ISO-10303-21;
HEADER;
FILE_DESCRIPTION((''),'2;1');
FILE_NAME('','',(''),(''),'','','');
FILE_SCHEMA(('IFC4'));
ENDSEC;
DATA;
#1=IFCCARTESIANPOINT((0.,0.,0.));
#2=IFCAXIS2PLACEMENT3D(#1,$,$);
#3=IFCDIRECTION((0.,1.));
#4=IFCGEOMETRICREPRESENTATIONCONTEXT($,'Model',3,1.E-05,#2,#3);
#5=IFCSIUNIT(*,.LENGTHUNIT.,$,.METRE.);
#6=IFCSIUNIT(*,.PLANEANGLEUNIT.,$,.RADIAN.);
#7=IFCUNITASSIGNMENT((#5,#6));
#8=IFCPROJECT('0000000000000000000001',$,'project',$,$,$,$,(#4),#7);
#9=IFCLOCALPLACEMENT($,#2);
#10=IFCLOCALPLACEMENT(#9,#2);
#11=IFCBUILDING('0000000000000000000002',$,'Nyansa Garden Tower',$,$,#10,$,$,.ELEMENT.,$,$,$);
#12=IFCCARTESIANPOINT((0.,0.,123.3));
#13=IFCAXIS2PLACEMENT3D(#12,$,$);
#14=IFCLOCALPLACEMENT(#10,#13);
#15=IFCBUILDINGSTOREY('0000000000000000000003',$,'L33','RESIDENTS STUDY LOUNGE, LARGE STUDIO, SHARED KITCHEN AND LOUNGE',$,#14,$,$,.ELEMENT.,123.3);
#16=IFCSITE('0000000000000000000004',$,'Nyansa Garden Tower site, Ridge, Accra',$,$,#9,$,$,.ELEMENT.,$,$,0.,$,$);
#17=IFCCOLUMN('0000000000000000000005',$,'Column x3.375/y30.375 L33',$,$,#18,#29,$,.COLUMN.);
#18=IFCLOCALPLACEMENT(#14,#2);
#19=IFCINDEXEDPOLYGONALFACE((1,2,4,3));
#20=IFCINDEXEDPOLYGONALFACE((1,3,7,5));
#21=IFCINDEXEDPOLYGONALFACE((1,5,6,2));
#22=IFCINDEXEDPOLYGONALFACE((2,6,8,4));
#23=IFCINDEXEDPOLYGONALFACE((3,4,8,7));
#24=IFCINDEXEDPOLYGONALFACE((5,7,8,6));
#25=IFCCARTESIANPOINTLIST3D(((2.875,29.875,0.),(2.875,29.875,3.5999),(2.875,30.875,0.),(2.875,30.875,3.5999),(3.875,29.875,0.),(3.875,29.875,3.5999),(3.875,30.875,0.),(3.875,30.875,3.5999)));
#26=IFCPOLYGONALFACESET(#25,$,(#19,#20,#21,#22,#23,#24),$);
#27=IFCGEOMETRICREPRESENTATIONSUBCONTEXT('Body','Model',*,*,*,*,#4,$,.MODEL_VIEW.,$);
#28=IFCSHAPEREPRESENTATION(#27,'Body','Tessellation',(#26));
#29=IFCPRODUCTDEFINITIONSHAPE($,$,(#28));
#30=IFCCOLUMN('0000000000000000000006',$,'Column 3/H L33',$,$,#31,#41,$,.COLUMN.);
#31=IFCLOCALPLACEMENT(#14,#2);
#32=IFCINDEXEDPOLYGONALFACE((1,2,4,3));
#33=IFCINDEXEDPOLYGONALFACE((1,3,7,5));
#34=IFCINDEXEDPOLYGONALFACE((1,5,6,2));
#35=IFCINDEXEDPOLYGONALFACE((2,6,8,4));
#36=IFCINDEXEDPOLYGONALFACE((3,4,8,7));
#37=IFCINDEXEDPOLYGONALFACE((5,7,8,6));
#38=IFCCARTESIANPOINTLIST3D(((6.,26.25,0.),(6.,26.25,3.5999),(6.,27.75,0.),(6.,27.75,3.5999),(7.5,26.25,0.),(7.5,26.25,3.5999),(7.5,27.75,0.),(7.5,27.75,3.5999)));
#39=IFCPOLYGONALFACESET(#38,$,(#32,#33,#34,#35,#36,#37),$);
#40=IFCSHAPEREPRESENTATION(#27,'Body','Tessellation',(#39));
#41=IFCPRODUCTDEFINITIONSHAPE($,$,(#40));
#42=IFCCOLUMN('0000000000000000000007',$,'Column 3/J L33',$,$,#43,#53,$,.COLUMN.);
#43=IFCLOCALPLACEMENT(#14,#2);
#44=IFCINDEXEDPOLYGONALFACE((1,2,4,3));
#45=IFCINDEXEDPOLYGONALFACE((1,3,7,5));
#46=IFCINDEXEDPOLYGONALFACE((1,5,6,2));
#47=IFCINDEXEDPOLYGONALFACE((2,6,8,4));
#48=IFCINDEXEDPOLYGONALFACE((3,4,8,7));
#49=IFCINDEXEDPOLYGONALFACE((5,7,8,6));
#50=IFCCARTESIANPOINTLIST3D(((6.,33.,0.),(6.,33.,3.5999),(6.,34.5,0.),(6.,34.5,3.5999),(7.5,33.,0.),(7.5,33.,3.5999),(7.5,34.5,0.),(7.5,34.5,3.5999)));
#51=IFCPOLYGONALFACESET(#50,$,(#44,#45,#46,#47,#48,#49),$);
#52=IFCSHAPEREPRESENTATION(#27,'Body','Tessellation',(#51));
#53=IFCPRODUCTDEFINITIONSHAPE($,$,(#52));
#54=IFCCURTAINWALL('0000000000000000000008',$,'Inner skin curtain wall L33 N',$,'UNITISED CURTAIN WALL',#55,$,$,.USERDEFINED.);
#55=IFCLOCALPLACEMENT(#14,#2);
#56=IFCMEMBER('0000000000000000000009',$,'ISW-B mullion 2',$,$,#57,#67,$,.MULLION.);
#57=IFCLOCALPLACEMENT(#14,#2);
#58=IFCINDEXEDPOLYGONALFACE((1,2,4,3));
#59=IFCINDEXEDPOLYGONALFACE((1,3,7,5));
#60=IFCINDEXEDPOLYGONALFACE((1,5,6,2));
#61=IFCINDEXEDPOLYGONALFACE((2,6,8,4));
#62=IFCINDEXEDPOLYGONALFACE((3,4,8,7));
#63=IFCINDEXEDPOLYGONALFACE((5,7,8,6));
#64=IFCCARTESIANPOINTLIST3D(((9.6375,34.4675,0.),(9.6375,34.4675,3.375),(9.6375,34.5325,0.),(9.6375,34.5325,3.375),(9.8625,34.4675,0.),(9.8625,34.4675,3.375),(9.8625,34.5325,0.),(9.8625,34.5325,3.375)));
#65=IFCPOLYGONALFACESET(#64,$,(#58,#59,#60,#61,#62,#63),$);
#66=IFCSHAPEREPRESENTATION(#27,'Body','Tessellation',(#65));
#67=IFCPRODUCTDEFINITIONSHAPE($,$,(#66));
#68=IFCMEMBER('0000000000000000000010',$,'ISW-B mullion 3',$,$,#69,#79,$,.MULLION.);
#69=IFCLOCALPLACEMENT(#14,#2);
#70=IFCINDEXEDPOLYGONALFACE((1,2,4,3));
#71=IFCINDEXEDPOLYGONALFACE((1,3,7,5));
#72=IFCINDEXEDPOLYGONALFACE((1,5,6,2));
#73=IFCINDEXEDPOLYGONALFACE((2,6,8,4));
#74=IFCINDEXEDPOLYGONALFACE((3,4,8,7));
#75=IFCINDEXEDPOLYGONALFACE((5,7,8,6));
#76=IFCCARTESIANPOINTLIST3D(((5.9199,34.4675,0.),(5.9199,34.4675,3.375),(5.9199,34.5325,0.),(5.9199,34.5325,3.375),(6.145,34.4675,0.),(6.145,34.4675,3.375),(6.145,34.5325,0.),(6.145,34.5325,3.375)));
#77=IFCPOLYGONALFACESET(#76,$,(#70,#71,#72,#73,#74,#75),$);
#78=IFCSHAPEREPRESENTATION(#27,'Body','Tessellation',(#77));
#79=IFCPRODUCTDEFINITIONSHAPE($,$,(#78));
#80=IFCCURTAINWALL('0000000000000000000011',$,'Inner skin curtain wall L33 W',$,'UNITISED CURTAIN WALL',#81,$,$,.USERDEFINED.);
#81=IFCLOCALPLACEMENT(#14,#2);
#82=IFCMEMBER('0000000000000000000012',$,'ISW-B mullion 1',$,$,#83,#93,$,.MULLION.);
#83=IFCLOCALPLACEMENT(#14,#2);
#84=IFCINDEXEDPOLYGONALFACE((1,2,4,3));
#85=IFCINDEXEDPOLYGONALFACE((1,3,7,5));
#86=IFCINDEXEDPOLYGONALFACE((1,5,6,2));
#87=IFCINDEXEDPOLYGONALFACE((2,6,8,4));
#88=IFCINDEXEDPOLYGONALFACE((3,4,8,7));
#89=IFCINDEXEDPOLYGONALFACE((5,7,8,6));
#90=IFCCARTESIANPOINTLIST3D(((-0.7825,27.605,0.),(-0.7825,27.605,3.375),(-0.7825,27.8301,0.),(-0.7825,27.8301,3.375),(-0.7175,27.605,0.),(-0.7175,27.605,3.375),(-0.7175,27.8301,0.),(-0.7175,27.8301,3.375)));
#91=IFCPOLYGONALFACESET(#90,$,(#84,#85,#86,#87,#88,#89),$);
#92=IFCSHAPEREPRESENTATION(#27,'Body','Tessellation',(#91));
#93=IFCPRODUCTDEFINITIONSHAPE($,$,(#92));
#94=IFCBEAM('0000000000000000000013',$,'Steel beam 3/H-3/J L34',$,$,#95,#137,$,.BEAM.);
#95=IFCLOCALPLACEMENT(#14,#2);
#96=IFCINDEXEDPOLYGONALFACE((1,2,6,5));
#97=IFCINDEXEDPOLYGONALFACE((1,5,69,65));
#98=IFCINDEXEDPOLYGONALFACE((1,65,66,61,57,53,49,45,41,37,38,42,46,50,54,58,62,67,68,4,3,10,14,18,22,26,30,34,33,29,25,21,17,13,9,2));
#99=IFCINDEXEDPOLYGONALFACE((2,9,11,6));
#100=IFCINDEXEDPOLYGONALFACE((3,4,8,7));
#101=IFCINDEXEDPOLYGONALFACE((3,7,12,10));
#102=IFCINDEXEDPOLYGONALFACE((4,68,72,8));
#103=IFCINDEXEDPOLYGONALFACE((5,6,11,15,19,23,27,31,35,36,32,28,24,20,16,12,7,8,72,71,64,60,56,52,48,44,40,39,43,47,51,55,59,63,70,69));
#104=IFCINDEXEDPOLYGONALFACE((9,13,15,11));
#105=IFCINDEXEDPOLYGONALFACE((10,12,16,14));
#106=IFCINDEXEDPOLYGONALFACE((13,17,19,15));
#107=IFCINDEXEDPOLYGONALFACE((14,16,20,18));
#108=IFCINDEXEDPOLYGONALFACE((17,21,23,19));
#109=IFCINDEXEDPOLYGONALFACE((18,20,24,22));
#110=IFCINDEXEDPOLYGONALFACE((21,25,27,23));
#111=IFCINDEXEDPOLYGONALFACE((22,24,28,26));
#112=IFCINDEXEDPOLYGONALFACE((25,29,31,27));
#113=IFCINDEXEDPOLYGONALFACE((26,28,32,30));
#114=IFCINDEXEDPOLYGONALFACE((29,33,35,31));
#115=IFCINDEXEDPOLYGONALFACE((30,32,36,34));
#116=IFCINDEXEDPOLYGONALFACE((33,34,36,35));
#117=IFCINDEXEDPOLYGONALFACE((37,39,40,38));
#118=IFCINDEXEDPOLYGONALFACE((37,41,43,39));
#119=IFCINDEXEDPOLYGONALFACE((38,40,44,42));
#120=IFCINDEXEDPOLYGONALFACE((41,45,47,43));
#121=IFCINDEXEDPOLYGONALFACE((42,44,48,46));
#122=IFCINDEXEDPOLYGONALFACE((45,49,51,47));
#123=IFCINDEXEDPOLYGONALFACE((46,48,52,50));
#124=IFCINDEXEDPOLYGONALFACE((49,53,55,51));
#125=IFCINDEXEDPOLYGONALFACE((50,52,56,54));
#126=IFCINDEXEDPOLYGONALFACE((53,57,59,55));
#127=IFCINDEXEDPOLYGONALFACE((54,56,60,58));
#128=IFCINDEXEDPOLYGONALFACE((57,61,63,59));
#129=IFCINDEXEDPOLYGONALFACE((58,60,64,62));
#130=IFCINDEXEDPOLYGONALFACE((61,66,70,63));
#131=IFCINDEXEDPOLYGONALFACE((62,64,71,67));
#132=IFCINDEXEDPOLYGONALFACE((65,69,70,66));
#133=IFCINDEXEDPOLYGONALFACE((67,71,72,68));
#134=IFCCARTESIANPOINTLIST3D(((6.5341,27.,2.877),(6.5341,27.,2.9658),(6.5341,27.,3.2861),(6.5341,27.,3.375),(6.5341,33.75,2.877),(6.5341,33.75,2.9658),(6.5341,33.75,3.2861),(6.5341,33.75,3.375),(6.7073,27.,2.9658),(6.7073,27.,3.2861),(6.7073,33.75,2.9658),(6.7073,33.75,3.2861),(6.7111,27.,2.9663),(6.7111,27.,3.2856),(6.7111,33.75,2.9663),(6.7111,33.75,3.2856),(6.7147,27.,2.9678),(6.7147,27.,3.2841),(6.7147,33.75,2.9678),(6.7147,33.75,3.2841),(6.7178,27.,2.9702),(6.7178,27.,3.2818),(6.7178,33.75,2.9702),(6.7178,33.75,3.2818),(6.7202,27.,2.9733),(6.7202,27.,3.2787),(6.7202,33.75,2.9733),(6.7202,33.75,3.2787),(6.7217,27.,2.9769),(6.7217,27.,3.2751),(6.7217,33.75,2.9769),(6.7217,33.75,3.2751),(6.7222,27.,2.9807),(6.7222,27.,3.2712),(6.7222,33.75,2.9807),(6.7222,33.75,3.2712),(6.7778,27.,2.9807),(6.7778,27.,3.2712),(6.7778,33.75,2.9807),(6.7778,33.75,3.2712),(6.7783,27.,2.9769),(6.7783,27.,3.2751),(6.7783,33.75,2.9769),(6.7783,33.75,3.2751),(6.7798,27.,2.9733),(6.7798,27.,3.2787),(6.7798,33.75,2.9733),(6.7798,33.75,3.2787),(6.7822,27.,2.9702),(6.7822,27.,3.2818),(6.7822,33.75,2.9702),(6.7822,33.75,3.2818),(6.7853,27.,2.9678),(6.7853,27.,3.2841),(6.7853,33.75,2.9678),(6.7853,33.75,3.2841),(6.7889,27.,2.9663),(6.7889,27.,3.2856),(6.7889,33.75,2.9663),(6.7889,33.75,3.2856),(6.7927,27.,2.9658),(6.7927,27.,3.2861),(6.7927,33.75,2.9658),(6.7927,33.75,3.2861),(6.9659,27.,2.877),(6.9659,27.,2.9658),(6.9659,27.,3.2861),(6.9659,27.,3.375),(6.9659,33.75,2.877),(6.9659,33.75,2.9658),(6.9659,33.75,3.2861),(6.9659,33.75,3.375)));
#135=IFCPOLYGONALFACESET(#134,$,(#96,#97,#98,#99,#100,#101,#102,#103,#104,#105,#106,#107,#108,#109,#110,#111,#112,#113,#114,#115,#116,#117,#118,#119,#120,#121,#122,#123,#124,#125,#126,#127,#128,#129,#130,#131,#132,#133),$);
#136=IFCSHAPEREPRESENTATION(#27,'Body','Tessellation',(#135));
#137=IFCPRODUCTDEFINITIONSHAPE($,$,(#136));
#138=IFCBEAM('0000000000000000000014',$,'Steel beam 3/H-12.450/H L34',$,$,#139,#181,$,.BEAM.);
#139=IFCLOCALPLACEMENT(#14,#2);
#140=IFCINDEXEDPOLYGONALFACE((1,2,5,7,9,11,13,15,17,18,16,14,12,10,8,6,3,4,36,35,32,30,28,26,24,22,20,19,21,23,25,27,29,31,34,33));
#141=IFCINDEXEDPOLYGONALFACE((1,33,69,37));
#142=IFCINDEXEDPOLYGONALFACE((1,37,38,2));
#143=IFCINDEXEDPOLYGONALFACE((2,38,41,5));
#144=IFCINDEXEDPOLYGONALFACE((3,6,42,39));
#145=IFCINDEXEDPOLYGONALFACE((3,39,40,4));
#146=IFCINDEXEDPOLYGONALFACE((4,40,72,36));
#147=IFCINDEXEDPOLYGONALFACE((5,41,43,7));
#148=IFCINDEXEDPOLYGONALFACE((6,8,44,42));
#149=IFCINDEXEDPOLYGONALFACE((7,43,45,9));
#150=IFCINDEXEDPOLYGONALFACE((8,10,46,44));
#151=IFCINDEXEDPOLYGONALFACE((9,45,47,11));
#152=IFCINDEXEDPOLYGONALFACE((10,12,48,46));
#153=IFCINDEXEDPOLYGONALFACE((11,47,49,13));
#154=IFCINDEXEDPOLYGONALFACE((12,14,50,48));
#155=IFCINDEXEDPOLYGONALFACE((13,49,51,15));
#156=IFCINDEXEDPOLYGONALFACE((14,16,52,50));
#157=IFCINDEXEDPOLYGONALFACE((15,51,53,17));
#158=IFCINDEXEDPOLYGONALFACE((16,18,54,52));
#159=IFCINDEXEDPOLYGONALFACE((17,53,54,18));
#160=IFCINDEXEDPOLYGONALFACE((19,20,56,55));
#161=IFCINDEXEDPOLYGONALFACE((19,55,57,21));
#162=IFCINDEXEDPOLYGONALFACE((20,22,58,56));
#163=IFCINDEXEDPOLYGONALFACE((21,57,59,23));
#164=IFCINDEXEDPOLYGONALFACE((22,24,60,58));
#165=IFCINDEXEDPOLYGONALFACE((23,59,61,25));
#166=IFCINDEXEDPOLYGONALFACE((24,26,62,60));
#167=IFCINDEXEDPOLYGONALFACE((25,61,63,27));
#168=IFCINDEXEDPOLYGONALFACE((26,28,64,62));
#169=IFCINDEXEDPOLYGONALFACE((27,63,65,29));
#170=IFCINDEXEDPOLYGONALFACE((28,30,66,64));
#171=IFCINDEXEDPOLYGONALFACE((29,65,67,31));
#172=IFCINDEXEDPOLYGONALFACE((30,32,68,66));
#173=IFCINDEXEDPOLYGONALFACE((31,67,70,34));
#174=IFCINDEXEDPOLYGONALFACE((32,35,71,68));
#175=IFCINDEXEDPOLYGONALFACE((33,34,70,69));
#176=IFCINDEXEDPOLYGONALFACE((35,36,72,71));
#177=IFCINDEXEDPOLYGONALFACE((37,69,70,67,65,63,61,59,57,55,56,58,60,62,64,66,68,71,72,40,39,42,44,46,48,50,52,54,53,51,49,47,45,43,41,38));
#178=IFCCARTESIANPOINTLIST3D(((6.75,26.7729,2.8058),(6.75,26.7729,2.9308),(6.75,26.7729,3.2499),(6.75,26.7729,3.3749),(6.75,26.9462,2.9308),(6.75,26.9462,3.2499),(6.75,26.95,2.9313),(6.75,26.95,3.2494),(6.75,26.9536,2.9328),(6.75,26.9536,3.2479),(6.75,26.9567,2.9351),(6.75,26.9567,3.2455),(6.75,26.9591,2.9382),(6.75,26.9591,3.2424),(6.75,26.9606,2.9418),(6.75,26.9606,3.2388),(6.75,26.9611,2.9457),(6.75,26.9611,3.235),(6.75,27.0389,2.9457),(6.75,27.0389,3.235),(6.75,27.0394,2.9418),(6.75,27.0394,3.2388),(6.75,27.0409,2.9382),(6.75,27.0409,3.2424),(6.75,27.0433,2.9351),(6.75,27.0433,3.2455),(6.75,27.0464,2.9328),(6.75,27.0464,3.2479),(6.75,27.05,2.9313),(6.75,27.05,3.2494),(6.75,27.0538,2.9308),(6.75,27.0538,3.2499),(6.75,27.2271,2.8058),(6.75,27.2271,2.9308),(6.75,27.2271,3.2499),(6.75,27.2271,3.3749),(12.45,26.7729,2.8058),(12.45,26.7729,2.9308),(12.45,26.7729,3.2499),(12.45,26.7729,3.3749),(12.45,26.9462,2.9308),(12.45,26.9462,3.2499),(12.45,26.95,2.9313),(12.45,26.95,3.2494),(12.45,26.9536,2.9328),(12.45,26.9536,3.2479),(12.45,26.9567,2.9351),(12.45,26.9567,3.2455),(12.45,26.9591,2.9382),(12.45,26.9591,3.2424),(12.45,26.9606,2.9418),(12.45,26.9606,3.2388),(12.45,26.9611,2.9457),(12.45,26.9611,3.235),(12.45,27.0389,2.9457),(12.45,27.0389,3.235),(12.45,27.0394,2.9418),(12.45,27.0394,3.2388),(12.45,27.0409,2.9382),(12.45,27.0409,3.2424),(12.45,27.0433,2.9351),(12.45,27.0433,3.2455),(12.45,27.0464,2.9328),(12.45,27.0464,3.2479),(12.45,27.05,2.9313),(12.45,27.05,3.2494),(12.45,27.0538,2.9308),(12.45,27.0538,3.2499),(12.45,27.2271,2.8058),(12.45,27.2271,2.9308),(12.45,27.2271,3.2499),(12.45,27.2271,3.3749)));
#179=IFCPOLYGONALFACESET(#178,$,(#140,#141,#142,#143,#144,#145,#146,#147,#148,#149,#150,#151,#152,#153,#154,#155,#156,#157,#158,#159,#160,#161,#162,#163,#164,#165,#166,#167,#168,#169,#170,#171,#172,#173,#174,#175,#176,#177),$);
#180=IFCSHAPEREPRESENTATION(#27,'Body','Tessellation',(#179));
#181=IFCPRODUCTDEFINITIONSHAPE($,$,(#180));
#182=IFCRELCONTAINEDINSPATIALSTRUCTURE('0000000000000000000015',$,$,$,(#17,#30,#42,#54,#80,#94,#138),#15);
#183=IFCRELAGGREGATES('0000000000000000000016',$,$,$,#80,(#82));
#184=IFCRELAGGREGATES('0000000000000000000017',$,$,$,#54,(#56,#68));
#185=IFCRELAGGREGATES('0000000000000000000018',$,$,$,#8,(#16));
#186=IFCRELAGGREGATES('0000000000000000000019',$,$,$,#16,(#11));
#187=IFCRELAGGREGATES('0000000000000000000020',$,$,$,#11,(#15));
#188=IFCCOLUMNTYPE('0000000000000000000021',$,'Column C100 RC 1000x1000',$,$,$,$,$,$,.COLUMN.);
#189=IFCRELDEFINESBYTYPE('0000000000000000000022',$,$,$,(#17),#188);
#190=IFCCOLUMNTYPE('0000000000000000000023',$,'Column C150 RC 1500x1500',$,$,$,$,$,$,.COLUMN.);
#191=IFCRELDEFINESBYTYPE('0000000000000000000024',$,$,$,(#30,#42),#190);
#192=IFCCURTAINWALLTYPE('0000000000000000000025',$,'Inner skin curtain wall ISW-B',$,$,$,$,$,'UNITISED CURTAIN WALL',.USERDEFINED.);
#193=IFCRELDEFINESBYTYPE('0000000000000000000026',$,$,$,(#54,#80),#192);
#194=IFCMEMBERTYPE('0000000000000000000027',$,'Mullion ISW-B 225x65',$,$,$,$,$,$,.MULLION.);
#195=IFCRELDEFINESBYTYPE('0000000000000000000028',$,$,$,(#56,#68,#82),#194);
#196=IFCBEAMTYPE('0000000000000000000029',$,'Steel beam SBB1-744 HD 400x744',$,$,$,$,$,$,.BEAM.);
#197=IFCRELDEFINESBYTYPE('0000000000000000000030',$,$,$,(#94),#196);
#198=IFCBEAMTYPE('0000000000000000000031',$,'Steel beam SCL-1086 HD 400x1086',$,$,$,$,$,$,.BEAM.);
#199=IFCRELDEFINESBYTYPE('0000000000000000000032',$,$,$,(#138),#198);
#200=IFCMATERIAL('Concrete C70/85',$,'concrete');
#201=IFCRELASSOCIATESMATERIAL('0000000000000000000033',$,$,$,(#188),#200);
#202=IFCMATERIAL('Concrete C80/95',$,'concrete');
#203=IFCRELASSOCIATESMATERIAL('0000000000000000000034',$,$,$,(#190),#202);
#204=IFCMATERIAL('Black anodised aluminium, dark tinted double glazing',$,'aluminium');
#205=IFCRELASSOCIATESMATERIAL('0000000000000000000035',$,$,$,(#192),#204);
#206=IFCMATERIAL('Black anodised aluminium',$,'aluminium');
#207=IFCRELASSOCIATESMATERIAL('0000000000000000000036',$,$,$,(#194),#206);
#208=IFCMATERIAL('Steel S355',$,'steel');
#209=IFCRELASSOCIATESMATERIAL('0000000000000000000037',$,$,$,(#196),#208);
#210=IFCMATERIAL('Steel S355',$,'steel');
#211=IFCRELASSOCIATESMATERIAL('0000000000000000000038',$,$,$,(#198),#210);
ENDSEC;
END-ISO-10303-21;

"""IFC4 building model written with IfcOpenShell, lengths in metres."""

from ifc_helpers import new_model, si_unit, direction, frame, origin, origin_2d, place, context, subcontext, project, spatial, rectangle, i_section, extrude, material, material_profile, profile_set, type_object, element, aggregate, save


model = new_model("IFC4")

# Units and contexts
model_context = context("Model", 3, precision=1e-05, world=origin(), true_north=direction((0.0, 1.0)))
body_context = subcontext(model_context, "Body", "Model", "MODEL_VIEW")
ifc_project = project(units=[si_unit("LENGTHUNIT", "METRE"), si_unit("PLANEANGLEUNIT", "RADIAN")], contexts=[model_context])

# Site, building, storey
site_placement = place(None, origin())
site = spatial("IfcSite", under=ifc_project, at=site_placement, Name="Nyansa Garden Tower site, Ridge, Accra", CompositionType="ELEMENT", RefElevation=0.0)
building_placement = place(site_placement, origin())
building = spatial("IfcBuilding", under=site, at=building_placement, Name="Nyansa Garden Tower", CompositionType="ELEMENT")
storey_placement = place(building_placement, frame((0.0, 0.0, 123.3)))
storey = spatial("IfcBuildingStorey", under=building, at=storey_placement, Name="L33", Description="RESIDENTS STUDY LOUNGE, LARGE STUDIO, SHARED KITCHEN AND LOUNGE", CompositionType="ELEMENT", Elevation=123.3)

# Columns
ifc_material_1 = material(Name="Concrete C70/85", Category="concrete")
ifc_material_profile_1 = material_profile(ifc_material_1, rectangle(XDim=1.0, YDim=1.0, at=origin_2d()), Name="RC 1000x1000")
ifc_profile_set_1 = profile_set([ifc_material_profile_1], Name="Concrete C70/85")
column_type_1 = type_object("IfcColumnType", Name="Column C100 RC 1000x1000", PredefinedType="COLUMN", material=ifc_profile_set_1)
column_placement = place(storey_placement, frame((3.375, 30.375, 0.0), z_axis=(0.0, 0.0, 1.0), x_axis=(1.0, 0.0, 0.0)))
element("IfcColumn", 1, at=column_placement, inside=storey, type_object=column_type_1, Name="Column x3.375/y30.375 L33", PredefinedType="COLUMN", context=body_context, shape_type="SweptSolid", body=[
    extrude(rectangle(XDim=1.0, YDim=1.0, at=origin_2d()), origin(), (0.0, 0.0, 1.0), 3.5999),
])
ifc_material_2 = material(Name="Concrete C80/95", Category="concrete")
ifc_material_profile_2 = material_profile(ifc_material_2, rectangle(XDim=1.5, YDim=1.5, at=origin_2d()), Name="RC 1500x1500")
ifc_profile_set_2 = profile_set([ifc_material_profile_2], Name="Concrete C80/95")
column_type_2 = type_object("IfcColumnType", Name="Column C150 RC 1500x1500", PredefinedType="COLUMN", material=ifc_profile_set_2)
for number, where, z_axis, x_axis, name in (
    (2, (6.75, 27.0, 0.0), (0.0, 0.0, 1.0), (1.0, 0.0, 0.0), "Column 3/H L33"),
    (3, (6.75, 33.75, 0.0), (0.0, 0.0, 1.0), (1.0, 0.0, 0.0), "Column 3/J L33"),
):
    element("IfcColumn", number, at=place(storey_placement, frame(where, z_axis=z_axis, x_axis=x_axis)), inside=storey, type_object=column_type_2, Name=name, PredefinedType="COLUMN", context=body_context, shape_type="SweptSolid", body=[
        extrude(rectangle(XDim=1.5, YDim=1.5, at=origin_2d()), origin(), (0.0, 0.0, 1.0), 3.5999),
    ])

# Curtain wall, members
ifc_material_3 = material(Name="Black anodised aluminium, dark tinted double glazing", Category="aluminium")
curtain_wall_type = type_object("IfcCurtainWallType", Name="Inner skin curtain wall ISW-B", ElementType="UNITISED CURTAIN WALL", PredefinedType="USERDEFINED", material=ifc_material_3)
curtain_wall_1_placement = place(storey_placement, origin())
curtain_wall_1 = element("IfcCurtainWall", 4, at=curtain_wall_1_placement, inside=storey, type_object=curtain_wall_type, Name="Inner skin curtain wall L33 N", ObjectType="UNITISED CURTAIN WALL", PredefinedType="USERDEFINED")
ifc_material_4 = material(Name="Black anodised aluminium", Category="aluminium")
ifc_material_profile_3 = material_profile(ifc_material_4, rectangle(XDim=0.0649, YDim=0.2251, at=origin_2d()), Name="Mullion 225x65")
ifc_profile_set_3 = profile_set([ifc_material_profile_3], Name="Black anodised aluminium")
member_type_1 = type_object("IfcMemberType", Name="Mullion ISW-B 225x65", PredefinedType="MULLION", material=ifc_profile_set_3)
member_1_placement = place(storey_placement, frame((9.75, 34.5, 0.0), z_axis=(0.0, 0.0, 1.0), x_axis=(0.0, -1.0, 0.0)))
member_1 = element("IfcMember", 5, at=member_1_placement, type_object=member_type_1, Name="ISW-B mullion 2", PredefinedType="MULLION", context=body_context, shape_type="SweptSolid", body=[
    extrude(rectangle(XDim=0.0649, YDim=0.2251, at=origin_2d()), origin(), (0.0, 0.0, 1.0), 3.375),
])
member_2_placement = place(storey_placement, frame((6.0325, 34.5, 0.0), z_axis=(0.0, 0.0, 1.0), x_axis=(0.0, -1.0, 0.0)))
member_2 = element("IfcMember", 6, at=member_2_placement, type_object=member_type_1, Name="ISW-B mullion 3", PredefinedType="MULLION", context=body_context, shape_type="SweptSolid", body=[
    extrude(rectangle(XDim=0.0649, YDim=0.2251, at=origin_2d()), origin(), (0.0, 0.0, 1.0), 3.375),
])

# Curtain wall, member
curtain_wall_2_placement = place(storey_placement, origin())
curtain_wall_2 = element("IfcCurtainWall", 7, at=curtain_wall_2_placement, inside=storey, type_object=curtain_wall_type, Name="Inner skin curtain wall L33 W", ObjectType="UNITISED CURTAIN WALL", PredefinedType="USERDEFINED")
member_3_placement = place(storey_placement, frame((-0.75, 27.7175, 0.0), z_axis=(0.0, 0.0, 1.0), x_axis=(1.0, 0.0, 0.0)))
member_3 = element("IfcMember", 8, at=member_3_placement, type_object=member_type_1, Name="ISW-B mullion 1", PredefinedType="MULLION", context=body_context, shape_type="SweptSolid", body=[
    extrude(rectangle(XDim=0.0649, YDim=0.2251, at=origin_2d()), origin(), (0.0, 0.0, 1.0), 3.375),
])

# Beams
ifc_material_5 = material(Name="Steel S355", Category="steel")
ifc_material_profile_4 = material_profile(ifc_material_5, i_section(OverallWidth=0.4319, OverallDepth=0.498, WebThickness=0.0557, FlangeThickness=0.0889, FilletRadius=0.0149, at=origin_2d()), Name="HD 400x744")
ifc_profile_set_4 = profile_set([ifc_material_profile_4], Name="Steel S355")
beam_type_1 = type_object("IfcBeamType", Name="Steel beam SBB1-744 HD 400x744", PredefinedType="BEAM", material=ifc_profile_set_4)
beam_1_placement = place(storey_placement, frame((6.75, 27.0, 3.126), z_axis=(0.0, 1.0, 0.0), x_axis=(-1.0, 0.0, 0.0)))
element("IfcBeam", 9, at=beam_1_placement, inside=storey, type_object=beam_type_1, Name="Steel beam 3/H-3/J L34", PredefinedType="BEAM", context=body_context, shape_type="SweptSolid", body=[
    extrude(i_section(OverallWidth=0.4319, OverallDepth=0.498, WebThickness=0.0557, FlangeThickness=0.0889, FilletRadius=0.0149, at=origin_2d()), origin(), (0.0, 0.0, 1.0), 6.75),
])
ifc_material_6 = material(Name="Steel S355", Category="steel")
ifc_material_profile_5 = material_profile(ifc_material_6, i_section(OverallWidth=0.4541, OverallDepth=0.5691, WebThickness=0.0779, FlangeThickness=0.125, FilletRadius=0.0149, at=origin_2d()), Name="HD 400x1086")
ifc_profile_set_5 = profile_set([ifc_material_profile_5], Name="Steel S355")
beam_type_2 = type_object("IfcBeamType", Name="Steel beam SCL-1086 HD 400x1086", PredefinedType="BEAM", material=ifc_profile_set_5)
beam_2_placement = place(storey_placement, frame((6.75, 27.0, 3.0903), z_axis=(1.0, 0.0, 0.0), x_axis=(0.0, 1.0, 0.0)))
element("IfcBeam", 10, at=beam_2_placement, inside=storey, type_object=beam_type_2, Name="Steel beam 3/H-12.450/H L34", PredefinedType="BEAM", context=body_context, shape_type="SweptSolid", body=[
    extrude(i_section(OverallWidth=0.4541, OverallDepth=0.5691, WebThickness=0.0779, FlangeThickness=0.125, FilletRadius=0.0149, at=origin_2d()), origin(), (0.0, 0.0, 1.0), 5.7),
])

aggregate(curtain_wall_2, [member_3])

aggregate(curtain_wall_1, [member_1, member_2])

save(model, "model.ifc")
